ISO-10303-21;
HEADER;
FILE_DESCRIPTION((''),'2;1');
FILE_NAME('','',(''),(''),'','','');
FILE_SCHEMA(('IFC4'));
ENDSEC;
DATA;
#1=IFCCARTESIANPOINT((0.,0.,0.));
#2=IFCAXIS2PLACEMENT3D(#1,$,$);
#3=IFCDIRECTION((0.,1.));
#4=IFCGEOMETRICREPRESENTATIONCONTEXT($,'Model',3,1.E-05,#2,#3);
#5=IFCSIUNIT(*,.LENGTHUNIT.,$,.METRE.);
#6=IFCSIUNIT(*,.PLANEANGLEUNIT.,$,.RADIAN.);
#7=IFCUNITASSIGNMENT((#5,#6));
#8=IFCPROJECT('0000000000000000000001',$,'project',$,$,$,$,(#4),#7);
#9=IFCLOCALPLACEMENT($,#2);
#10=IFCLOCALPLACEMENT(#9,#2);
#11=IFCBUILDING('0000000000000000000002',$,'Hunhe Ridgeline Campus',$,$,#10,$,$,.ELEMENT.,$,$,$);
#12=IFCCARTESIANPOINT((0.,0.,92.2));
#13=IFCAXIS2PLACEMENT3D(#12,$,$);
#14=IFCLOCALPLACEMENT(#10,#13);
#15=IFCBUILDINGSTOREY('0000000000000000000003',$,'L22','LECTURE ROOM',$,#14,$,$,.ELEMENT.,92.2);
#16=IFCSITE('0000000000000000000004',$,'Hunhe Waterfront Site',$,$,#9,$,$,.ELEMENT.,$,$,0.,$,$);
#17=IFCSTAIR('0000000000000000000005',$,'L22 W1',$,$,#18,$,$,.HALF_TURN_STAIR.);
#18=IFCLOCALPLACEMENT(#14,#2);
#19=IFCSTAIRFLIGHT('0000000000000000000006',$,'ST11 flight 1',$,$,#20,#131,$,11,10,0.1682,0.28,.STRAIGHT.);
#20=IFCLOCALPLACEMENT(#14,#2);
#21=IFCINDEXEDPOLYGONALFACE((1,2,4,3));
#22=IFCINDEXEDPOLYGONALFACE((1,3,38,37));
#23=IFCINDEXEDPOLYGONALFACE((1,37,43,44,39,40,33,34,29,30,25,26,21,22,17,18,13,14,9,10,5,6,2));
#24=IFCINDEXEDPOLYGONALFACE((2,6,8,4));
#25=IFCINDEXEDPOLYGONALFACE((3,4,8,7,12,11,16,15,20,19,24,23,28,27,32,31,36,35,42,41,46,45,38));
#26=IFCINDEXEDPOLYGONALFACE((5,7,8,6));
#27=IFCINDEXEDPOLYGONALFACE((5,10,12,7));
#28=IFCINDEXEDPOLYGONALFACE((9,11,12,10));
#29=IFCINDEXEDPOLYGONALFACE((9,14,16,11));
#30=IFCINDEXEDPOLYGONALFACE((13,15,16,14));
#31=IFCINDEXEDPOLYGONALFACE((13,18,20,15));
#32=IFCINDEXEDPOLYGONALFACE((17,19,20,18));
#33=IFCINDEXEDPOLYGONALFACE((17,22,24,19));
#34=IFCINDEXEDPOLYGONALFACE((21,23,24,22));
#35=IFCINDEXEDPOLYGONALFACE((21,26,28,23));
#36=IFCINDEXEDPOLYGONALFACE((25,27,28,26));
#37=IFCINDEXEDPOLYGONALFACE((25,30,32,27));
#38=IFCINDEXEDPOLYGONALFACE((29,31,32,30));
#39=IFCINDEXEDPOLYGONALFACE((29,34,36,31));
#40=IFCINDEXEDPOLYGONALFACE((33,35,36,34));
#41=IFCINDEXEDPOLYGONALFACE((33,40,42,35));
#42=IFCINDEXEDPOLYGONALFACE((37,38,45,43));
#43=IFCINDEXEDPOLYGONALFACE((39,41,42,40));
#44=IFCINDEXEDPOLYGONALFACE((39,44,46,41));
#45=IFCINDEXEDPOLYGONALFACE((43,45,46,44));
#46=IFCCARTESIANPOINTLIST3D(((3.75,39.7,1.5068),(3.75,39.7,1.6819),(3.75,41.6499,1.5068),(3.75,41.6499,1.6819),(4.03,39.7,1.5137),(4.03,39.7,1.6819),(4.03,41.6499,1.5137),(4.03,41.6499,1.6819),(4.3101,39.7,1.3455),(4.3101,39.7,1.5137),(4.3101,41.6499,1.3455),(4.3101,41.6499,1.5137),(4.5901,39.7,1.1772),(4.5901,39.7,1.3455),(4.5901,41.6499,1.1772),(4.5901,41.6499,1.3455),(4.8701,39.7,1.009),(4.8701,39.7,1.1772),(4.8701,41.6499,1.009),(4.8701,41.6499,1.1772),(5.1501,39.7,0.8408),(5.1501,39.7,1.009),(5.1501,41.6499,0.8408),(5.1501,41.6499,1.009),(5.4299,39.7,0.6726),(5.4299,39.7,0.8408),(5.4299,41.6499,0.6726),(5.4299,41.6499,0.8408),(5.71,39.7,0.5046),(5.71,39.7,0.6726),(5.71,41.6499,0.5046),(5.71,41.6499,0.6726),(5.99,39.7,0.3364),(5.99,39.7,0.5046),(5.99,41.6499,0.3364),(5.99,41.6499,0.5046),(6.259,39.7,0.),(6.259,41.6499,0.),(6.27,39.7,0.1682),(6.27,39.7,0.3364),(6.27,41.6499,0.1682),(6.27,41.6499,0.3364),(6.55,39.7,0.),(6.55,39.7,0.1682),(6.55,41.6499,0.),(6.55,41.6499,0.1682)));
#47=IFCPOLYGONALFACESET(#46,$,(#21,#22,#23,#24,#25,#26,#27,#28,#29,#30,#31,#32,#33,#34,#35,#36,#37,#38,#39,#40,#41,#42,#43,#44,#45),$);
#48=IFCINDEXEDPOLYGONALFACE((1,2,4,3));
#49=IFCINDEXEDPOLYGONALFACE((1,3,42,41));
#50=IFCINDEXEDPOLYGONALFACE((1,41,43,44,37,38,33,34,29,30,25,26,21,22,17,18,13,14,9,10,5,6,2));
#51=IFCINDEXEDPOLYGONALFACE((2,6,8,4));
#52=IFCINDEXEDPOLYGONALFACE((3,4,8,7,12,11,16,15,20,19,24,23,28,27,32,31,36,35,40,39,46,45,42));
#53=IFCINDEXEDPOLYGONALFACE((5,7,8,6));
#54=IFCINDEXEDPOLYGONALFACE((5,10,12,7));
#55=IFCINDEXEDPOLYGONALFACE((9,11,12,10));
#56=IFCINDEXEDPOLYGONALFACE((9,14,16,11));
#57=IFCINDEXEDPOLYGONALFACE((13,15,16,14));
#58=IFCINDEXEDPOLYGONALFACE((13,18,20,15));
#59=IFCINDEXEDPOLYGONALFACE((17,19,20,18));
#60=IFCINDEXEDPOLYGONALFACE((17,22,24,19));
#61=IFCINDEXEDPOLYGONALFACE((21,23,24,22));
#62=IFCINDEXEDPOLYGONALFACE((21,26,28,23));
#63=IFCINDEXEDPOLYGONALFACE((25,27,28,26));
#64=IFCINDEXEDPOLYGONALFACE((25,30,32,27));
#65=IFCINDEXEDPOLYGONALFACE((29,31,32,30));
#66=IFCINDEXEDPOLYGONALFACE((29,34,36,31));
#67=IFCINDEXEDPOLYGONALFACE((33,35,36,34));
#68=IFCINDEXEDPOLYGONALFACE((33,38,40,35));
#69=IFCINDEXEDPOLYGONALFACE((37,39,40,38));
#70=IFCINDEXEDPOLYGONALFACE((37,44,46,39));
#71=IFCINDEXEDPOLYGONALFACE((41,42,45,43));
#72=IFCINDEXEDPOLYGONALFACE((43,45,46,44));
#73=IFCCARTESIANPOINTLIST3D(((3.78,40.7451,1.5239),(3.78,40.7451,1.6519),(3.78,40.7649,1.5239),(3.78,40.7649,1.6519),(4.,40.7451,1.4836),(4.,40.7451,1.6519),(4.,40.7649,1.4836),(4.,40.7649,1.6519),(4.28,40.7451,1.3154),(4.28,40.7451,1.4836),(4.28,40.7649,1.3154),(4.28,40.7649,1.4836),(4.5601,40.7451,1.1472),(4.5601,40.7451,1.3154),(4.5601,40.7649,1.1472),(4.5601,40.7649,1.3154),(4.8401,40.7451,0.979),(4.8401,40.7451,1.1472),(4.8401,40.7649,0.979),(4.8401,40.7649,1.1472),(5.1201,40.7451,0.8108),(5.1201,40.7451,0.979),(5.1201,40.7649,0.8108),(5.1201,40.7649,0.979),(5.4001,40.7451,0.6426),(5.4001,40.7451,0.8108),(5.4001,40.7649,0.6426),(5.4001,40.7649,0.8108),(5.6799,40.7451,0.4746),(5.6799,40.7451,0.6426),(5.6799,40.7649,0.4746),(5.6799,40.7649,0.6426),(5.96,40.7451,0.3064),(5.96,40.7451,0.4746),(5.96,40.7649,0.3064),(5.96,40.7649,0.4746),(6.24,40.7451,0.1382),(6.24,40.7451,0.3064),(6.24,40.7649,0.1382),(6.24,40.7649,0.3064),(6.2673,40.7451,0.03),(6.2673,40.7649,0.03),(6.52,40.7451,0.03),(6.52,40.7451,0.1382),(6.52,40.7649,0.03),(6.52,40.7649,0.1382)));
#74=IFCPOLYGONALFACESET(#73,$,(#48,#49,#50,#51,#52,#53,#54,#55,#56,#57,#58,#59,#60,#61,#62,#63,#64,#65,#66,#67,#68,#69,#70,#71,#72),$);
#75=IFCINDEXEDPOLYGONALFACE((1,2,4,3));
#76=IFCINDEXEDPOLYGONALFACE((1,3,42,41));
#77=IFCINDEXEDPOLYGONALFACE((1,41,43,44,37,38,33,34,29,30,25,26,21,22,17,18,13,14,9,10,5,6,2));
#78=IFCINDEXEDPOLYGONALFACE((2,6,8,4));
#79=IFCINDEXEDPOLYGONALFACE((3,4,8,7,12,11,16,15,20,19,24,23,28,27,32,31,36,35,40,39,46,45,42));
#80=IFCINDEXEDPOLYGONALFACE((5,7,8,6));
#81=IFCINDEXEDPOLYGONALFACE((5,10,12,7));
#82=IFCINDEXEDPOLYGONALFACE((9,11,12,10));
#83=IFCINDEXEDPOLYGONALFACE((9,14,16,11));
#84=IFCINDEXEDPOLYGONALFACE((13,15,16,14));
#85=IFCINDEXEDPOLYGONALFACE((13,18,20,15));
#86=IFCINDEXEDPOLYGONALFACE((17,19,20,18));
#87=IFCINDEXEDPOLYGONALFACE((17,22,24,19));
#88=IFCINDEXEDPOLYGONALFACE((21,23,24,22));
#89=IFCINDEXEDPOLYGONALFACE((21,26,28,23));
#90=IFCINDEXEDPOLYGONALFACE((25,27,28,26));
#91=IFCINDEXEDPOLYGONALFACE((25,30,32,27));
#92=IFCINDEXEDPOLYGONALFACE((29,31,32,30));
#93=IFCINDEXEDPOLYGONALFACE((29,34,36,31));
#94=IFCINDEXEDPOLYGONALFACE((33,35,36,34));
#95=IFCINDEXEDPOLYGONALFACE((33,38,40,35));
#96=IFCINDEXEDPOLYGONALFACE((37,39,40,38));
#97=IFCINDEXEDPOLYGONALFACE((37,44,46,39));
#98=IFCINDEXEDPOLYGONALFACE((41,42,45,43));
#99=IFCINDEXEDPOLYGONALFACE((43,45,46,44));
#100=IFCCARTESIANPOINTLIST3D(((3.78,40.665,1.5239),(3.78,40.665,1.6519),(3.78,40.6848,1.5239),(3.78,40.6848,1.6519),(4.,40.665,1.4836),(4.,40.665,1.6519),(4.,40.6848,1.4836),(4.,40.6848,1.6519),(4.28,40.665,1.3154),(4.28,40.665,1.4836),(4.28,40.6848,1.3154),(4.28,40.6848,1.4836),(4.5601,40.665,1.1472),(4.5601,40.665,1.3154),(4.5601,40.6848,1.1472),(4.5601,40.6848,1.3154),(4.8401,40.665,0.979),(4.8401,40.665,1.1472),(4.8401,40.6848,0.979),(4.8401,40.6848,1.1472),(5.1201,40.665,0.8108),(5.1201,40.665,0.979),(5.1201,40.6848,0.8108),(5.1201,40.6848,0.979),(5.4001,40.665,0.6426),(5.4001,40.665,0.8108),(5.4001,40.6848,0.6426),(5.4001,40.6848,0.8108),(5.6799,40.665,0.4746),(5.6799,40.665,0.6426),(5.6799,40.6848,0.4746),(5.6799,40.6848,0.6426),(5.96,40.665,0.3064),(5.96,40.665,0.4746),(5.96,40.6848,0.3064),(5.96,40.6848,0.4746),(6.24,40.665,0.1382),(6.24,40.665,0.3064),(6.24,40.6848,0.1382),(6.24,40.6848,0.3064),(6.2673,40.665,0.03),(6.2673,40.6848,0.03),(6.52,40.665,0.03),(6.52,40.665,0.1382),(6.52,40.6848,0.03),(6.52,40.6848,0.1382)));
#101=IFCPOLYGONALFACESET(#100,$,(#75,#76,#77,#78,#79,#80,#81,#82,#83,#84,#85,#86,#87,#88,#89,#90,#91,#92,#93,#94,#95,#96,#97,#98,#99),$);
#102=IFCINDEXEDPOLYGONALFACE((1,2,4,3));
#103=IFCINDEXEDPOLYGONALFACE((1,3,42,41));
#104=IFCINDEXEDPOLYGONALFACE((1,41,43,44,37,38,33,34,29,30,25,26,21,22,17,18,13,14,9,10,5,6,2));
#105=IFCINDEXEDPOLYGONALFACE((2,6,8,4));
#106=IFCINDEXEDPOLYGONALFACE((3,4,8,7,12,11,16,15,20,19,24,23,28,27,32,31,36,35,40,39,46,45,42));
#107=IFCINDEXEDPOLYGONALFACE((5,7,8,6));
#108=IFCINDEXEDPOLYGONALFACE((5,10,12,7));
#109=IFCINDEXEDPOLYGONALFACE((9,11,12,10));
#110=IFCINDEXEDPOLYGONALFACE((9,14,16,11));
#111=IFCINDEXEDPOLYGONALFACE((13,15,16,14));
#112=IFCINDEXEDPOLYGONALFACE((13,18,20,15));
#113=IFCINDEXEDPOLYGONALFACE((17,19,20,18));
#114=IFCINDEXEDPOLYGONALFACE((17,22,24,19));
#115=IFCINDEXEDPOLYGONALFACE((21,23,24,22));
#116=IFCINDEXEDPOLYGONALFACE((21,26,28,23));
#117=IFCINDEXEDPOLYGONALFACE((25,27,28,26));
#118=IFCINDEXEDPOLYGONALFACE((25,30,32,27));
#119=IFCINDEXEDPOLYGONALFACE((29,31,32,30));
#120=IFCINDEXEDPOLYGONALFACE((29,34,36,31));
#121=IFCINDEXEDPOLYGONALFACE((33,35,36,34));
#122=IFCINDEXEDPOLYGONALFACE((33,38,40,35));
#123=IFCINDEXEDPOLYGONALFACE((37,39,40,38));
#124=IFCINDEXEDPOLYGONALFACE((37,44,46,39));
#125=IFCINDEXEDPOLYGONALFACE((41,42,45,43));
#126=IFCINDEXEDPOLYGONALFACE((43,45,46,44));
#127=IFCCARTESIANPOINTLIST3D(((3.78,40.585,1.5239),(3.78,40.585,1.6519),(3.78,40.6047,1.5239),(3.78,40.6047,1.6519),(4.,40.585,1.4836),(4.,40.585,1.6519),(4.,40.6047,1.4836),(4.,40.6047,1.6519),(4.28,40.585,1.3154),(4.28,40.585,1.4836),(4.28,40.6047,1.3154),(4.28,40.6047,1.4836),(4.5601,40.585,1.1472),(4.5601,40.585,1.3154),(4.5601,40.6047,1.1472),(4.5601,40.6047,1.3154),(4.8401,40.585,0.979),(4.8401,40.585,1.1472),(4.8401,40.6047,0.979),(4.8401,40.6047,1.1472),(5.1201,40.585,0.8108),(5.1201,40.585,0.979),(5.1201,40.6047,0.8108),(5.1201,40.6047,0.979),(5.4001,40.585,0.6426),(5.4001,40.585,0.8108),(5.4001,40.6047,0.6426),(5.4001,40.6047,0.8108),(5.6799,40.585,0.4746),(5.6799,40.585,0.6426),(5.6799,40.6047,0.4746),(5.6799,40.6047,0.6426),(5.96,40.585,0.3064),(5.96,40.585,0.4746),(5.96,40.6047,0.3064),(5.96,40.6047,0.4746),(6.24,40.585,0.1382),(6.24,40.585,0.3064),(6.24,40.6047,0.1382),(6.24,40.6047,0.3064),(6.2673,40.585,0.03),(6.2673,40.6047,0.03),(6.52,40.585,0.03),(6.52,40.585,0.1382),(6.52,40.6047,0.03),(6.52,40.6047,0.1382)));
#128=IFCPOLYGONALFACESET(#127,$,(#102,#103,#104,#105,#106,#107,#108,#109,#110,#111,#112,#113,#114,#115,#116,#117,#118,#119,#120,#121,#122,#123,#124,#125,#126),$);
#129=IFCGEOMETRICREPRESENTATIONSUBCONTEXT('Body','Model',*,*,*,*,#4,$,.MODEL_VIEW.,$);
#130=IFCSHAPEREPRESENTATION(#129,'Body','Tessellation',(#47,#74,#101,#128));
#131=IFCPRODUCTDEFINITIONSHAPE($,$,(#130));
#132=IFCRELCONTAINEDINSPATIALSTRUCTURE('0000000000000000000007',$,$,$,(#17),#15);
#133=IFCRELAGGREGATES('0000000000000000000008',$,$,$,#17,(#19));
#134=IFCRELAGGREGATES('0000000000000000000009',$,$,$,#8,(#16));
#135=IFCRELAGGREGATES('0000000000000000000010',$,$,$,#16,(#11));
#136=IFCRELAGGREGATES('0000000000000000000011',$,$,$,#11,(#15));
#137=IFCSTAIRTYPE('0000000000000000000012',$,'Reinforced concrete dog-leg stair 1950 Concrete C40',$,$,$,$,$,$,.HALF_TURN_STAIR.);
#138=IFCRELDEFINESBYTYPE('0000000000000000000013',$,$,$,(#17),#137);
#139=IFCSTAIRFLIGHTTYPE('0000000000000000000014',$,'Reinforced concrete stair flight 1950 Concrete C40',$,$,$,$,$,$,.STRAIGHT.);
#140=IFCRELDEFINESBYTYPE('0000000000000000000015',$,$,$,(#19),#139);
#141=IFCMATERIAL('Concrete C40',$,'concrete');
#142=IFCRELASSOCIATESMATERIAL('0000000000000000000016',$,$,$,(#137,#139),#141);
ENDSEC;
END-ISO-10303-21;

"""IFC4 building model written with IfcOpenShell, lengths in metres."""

from ifc_helpers import new_model, si_unit, direction, frame, origin, place, context, subcontext, project, spatial, polyline, outline, extrude, material, type_object, element, aggregate, save


model = new_model("IFC4")

# Units and contexts
model_context = context("Model", 3, precision=1e-05, world=origin(), true_north=direction((0.0, 1.0)))
body_context = subcontext(model_context, "Body", "Model", "MODEL_VIEW")
ifc_project = project(units=[si_unit("LENGTHUNIT", "METRE"), si_unit("PLANEANGLEUNIT", "RADIAN")], contexts=[model_context])

# Site, building, storey
site_placement = place(None, origin())
site = spatial("IfcSite", under=ifc_project, at=site_placement, Name="Hunhe Waterfront Site", CompositionType="ELEMENT", RefElevation=0.0)
building_placement = place(site_placement, origin())
building = spatial("IfcBuilding", under=site, at=building_placement, Name="Hunhe Ridgeline Campus", CompositionType="ELEMENT")
storey_placement = place(building_placement, frame((0.0, 0.0, 92.2)))
storey = spatial("IfcBuildingStorey", under=building, at=storey_placement, Name="L22", Description="LECTURE ROOM", CompositionType="ELEMENT", Elevation=92.2)

# Shared definitions
ifc_material_1 = material(Name="Concrete C40", Category="concrete")
stair_type = type_object("IfcStairType", Name="Reinforced concrete dog-leg stair 1950 Concrete C40", PredefinedType="HALF_TURN_STAIR", material=ifc_material_1)
stair_flight_type = type_object("IfcStairFlightType", Name="Reinforced concrete stair flight 1950 Concrete C40", PredefinedType="STRAIGHT", material=ifc_material_1)

# Stair, stair flight
stair_1_placement = place(storey_placement, origin())
stair_1 = element("IfcStair", 1, at=stair_1_placement, inside=storey, type_object=stair_type, Name="L22 W1", PredefinedType="HALF_TURN_STAIR")
stair_flight_1_placement = place(storey_placement, frame((6.55, 40.675, 0.0), z_axis=(0.0, 0.0, 1.0), x_axis=(-1.0, 0.0, 0.0)))
stair_flight_1 = element("IfcStairFlight", 2, at=stair_flight_1_placement, type_object=stair_flight_type, Name="ST11 flight 1", NumberOfRisers=11, NumberOfTreads=10, PredefinedType="STRAIGHT", RiserHeight=0.1682, TreadLength=0.28, context=body_context, shape_type="SweptSolid", body=[
    extrude(outline(polyline([(0.0, 0.0), (0.0, 0.1682), (0.28, 0.1682), (0.28, 0.3364), (0.5601, 0.3364), (0.5601, 0.5046), (0.8401, 0.5046), (0.8401, 0.6726), (1.1201, 0.6726), (1.1201, 0.8408), (1.3999, 0.8408), (1.3999, 1.009), (1.6799, 1.009), (1.6799, 1.1772), (1.96, 1.1772), (1.96, 1.3455), (2.24, 1.3455), (2.24, 1.5137), (2.52, 1.5137), (2.52, 1.6819), (2.8, 1.6819), (2.8, 1.8501), (2.8, 1.5068), (0.291, 0.0), (0.0, 0.0)])), frame((0.0, 0.9751, 0.0), z_axis=(0.0, -1.0, 0.0), x_axis=(1.0, 0.0, 0.0)), (0.0, 0.0, 1.0), 1.95),
    extrude(outline(polyline([(0.03, 0.03), (0.03, 0.1382), (0.3101, 0.1382), (0.3101, 0.3064), (0.5901, 0.3064), (0.5901, 0.4746), (0.8701, 0.4746), (0.8701, 0.6426), (1.1499, 0.6426), (1.1499, 0.8108), (1.4299, 0.8108), (1.4299, 0.979), (1.71, 0.979), (1.71, 1.1472), (1.99, 1.1472), (1.99, 1.3154), (2.27, 1.3154), (2.27, 1.4836), (2.55, 1.4836), (2.55, 1.6519), (2.77, 1.6519), (2.77, 1.5239), (0.2827, 0.03), (0.03, 0.03)])), frame((0.0, -0.0701, 0.0), z_axis=(0.0, -1.0, 0.0), x_axis=(1.0, 0.0, 0.0)), (0.0, 0.0, 1.0), 0.0198),
    extrude(outline(polyline([(0.03, 0.03), (0.03, 0.1382), (0.3101, 0.1382), (0.3101, 0.3064), (0.5901, 0.3064), (0.5901, 0.4746), (0.8701, 0.4746), (0.8701, 0.6426), (1.1499, 0.6426), (1.1499, 0.8108), (1.4299, 0.8108), (1.4299, 0.979), (1.71, 0.979), (1.71, 1.1472), (1.99, 1.1472), (1.99, 1.3154), (2.27, 1.3154), (2.27, 1.4836), (2.55, 1.4836), (2.55, 1.6519), (2.77, 1.6519), (2.77, 1.5239), (0.2827, 0.03), (0.03, 0.03)])), frame((0.0, 0.01, 0.0), z_axis=(0.0, -1.0, 0.0), x_axis=(1.0, 0.0, 0.0)), (0.0, 0.0, 1.0), 0.0198),
    extrude(outline(polyline([(0.03, 0.03), (0.03, 0.1382), (0.3101, 0.1382), (0.3101, 0.3064), (0.5901, 0.3064), (0.5901, 0.4746), (0.8701, 0.4746), (0.8701, 0.6426), (1.1499, 0.6426), (1.1499, 0.8108), (1.4299, 0.8108), (1.4299, 0.979), (1.71, 0.979), (1.71, 1.1472), (1.99, 1.1472), (1.99, 1.3154), (2.27, 1.3154), (2.27, 1.4836), (2.55, 1.4836), (2.55, 1.6519), (2.77, 1.6519), (2.77, 1.5239), (0.2827, 0.03), (0.03, 0.03)])), frame((0.0, 0.0901, 0.0), z_axis=(0.0, -1.0, 0.0), x_axis=(1.0, 0.0, 0.0)), (0.0, 0.0, 1.0), 0.0198),
])
aggregate(stair_1, [stair_flight_1])

save(model, "model.ifc")
